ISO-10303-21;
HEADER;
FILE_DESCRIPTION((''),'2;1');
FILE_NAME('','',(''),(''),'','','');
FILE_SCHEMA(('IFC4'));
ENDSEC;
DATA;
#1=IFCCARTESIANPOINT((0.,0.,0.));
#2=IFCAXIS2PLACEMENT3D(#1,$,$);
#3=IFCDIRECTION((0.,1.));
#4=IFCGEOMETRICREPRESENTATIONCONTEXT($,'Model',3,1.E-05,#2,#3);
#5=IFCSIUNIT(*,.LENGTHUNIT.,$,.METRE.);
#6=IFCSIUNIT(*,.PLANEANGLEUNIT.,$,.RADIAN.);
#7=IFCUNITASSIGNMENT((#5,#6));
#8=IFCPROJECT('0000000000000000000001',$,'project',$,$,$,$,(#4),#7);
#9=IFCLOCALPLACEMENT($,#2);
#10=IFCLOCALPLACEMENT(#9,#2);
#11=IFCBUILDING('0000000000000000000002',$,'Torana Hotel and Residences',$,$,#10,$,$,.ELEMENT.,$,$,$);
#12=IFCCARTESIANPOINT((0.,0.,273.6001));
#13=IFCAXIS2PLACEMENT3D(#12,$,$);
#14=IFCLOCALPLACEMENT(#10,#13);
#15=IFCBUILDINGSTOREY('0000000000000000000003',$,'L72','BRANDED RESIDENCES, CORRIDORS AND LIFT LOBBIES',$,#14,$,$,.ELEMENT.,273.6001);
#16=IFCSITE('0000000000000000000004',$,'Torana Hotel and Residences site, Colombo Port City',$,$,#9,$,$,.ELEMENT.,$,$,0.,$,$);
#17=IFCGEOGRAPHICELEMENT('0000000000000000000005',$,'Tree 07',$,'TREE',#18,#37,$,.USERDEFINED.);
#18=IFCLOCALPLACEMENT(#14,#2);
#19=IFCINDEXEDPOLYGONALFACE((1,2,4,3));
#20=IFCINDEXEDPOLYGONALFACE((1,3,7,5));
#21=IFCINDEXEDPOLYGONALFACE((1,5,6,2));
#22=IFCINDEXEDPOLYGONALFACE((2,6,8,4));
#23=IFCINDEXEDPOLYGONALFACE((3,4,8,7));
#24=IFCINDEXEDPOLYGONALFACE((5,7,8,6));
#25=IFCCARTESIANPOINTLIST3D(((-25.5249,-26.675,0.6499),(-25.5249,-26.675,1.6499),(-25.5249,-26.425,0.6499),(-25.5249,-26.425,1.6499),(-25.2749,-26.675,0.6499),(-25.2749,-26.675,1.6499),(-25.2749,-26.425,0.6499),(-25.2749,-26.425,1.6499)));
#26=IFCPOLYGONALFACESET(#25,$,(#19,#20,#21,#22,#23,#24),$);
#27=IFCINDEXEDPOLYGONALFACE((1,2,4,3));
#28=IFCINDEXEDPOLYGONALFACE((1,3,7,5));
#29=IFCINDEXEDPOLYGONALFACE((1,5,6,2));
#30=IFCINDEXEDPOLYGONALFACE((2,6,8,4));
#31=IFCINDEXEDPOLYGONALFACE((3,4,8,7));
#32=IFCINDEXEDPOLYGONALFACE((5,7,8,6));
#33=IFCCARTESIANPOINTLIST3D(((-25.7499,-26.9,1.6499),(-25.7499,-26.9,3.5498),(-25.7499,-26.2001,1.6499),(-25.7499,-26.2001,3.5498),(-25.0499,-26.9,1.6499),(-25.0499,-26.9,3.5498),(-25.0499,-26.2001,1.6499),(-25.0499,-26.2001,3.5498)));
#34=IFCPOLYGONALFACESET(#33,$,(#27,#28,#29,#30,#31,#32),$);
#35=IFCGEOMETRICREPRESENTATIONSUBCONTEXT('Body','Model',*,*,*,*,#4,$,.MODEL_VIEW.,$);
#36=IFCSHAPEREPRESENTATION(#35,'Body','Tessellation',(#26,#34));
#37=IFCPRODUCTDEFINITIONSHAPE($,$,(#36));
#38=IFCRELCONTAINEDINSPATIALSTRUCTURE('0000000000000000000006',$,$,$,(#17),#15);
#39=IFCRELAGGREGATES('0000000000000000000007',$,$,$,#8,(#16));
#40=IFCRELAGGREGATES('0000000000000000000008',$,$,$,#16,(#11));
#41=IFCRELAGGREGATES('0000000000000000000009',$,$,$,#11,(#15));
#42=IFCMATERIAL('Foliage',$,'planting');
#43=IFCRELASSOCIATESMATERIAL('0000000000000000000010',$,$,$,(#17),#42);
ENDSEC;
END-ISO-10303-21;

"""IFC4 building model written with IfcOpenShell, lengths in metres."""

from ifc_helpers import new_model, si_unit, direction, frame, origin, origin_2d, place, context, subcontext, project, spatial, rectangle, extrude, material, element, save


model = new_model("IFC4")

# Units and contexts
model_context = context("Model", 3, precision=1e-05, world=origin(), true_north=direction((0.0, 1.0)))
body_context = subcontext(model_context, "Body", "Model", "MODEL_VIEW")
ifc_project = project(units=[si_unit("LENGTHUNIT", "METRE"), si_unit("PLANEANGLEUNIT", "RADIAN")], contexts=[model_context])

# Site, building, storey
site_placement = place(None, origin())
site = spatial("IfcSite", under=ifc_project, at=site_placement, Name="Torana Hotel and Residences site, Colombo Port City", CompositionType="ELEMENT", RefElevation=0.0)
building_placement = place(site_placement, origin())
building = spatial("IfcBuilding", under=site, at=building_placement, Name="Torana Hotel and Residences", CompositionType="ELEMENT")
storey_placement = place(building_placement, frame((0.0, 0.0, 273.6001)))
storey = spatial("IfcBuildingStorey", under=building, at=storey_placement, Name="L72", Description="BRANDED RESIDENCES, CORRIDORS AND LIFT LOBBIES", CompositionType="ELEMENT", Elevation=273.6001)

# Geographic element
ifc_material_1 = material(Name="Foliage", Category="planting")
geographic_element_placement = place(storey_placement, frame((-25.3999, -26.55, 0.6499), z_axis=(0.0, 0.0, 1.0), x_axis=(1.0, 0.0, 0.0)))
element("IfcGeographicElement", 1, at=geographic_element_placement, inside=storey, material=ifc_material_1, Name="Tree 07", ObjectType="TREE", PredefinedType="USERDEFINED", context=body_context, shape_type="SweptSolid", body=[
    extrude(rectangle(XDim=0.25, YDim=0.25, at=origin_2d()), origin(), (0.0, 0.0, 1.0), 1.0),
    extrude(rectangle(XDim=0.7, YDim=0.7, at=origin_2d()), frame((0.0, 0.0, 1.0)), (0.0, 0.0, 1.0), 1.8999),
])

save(model, "model.ifc")
